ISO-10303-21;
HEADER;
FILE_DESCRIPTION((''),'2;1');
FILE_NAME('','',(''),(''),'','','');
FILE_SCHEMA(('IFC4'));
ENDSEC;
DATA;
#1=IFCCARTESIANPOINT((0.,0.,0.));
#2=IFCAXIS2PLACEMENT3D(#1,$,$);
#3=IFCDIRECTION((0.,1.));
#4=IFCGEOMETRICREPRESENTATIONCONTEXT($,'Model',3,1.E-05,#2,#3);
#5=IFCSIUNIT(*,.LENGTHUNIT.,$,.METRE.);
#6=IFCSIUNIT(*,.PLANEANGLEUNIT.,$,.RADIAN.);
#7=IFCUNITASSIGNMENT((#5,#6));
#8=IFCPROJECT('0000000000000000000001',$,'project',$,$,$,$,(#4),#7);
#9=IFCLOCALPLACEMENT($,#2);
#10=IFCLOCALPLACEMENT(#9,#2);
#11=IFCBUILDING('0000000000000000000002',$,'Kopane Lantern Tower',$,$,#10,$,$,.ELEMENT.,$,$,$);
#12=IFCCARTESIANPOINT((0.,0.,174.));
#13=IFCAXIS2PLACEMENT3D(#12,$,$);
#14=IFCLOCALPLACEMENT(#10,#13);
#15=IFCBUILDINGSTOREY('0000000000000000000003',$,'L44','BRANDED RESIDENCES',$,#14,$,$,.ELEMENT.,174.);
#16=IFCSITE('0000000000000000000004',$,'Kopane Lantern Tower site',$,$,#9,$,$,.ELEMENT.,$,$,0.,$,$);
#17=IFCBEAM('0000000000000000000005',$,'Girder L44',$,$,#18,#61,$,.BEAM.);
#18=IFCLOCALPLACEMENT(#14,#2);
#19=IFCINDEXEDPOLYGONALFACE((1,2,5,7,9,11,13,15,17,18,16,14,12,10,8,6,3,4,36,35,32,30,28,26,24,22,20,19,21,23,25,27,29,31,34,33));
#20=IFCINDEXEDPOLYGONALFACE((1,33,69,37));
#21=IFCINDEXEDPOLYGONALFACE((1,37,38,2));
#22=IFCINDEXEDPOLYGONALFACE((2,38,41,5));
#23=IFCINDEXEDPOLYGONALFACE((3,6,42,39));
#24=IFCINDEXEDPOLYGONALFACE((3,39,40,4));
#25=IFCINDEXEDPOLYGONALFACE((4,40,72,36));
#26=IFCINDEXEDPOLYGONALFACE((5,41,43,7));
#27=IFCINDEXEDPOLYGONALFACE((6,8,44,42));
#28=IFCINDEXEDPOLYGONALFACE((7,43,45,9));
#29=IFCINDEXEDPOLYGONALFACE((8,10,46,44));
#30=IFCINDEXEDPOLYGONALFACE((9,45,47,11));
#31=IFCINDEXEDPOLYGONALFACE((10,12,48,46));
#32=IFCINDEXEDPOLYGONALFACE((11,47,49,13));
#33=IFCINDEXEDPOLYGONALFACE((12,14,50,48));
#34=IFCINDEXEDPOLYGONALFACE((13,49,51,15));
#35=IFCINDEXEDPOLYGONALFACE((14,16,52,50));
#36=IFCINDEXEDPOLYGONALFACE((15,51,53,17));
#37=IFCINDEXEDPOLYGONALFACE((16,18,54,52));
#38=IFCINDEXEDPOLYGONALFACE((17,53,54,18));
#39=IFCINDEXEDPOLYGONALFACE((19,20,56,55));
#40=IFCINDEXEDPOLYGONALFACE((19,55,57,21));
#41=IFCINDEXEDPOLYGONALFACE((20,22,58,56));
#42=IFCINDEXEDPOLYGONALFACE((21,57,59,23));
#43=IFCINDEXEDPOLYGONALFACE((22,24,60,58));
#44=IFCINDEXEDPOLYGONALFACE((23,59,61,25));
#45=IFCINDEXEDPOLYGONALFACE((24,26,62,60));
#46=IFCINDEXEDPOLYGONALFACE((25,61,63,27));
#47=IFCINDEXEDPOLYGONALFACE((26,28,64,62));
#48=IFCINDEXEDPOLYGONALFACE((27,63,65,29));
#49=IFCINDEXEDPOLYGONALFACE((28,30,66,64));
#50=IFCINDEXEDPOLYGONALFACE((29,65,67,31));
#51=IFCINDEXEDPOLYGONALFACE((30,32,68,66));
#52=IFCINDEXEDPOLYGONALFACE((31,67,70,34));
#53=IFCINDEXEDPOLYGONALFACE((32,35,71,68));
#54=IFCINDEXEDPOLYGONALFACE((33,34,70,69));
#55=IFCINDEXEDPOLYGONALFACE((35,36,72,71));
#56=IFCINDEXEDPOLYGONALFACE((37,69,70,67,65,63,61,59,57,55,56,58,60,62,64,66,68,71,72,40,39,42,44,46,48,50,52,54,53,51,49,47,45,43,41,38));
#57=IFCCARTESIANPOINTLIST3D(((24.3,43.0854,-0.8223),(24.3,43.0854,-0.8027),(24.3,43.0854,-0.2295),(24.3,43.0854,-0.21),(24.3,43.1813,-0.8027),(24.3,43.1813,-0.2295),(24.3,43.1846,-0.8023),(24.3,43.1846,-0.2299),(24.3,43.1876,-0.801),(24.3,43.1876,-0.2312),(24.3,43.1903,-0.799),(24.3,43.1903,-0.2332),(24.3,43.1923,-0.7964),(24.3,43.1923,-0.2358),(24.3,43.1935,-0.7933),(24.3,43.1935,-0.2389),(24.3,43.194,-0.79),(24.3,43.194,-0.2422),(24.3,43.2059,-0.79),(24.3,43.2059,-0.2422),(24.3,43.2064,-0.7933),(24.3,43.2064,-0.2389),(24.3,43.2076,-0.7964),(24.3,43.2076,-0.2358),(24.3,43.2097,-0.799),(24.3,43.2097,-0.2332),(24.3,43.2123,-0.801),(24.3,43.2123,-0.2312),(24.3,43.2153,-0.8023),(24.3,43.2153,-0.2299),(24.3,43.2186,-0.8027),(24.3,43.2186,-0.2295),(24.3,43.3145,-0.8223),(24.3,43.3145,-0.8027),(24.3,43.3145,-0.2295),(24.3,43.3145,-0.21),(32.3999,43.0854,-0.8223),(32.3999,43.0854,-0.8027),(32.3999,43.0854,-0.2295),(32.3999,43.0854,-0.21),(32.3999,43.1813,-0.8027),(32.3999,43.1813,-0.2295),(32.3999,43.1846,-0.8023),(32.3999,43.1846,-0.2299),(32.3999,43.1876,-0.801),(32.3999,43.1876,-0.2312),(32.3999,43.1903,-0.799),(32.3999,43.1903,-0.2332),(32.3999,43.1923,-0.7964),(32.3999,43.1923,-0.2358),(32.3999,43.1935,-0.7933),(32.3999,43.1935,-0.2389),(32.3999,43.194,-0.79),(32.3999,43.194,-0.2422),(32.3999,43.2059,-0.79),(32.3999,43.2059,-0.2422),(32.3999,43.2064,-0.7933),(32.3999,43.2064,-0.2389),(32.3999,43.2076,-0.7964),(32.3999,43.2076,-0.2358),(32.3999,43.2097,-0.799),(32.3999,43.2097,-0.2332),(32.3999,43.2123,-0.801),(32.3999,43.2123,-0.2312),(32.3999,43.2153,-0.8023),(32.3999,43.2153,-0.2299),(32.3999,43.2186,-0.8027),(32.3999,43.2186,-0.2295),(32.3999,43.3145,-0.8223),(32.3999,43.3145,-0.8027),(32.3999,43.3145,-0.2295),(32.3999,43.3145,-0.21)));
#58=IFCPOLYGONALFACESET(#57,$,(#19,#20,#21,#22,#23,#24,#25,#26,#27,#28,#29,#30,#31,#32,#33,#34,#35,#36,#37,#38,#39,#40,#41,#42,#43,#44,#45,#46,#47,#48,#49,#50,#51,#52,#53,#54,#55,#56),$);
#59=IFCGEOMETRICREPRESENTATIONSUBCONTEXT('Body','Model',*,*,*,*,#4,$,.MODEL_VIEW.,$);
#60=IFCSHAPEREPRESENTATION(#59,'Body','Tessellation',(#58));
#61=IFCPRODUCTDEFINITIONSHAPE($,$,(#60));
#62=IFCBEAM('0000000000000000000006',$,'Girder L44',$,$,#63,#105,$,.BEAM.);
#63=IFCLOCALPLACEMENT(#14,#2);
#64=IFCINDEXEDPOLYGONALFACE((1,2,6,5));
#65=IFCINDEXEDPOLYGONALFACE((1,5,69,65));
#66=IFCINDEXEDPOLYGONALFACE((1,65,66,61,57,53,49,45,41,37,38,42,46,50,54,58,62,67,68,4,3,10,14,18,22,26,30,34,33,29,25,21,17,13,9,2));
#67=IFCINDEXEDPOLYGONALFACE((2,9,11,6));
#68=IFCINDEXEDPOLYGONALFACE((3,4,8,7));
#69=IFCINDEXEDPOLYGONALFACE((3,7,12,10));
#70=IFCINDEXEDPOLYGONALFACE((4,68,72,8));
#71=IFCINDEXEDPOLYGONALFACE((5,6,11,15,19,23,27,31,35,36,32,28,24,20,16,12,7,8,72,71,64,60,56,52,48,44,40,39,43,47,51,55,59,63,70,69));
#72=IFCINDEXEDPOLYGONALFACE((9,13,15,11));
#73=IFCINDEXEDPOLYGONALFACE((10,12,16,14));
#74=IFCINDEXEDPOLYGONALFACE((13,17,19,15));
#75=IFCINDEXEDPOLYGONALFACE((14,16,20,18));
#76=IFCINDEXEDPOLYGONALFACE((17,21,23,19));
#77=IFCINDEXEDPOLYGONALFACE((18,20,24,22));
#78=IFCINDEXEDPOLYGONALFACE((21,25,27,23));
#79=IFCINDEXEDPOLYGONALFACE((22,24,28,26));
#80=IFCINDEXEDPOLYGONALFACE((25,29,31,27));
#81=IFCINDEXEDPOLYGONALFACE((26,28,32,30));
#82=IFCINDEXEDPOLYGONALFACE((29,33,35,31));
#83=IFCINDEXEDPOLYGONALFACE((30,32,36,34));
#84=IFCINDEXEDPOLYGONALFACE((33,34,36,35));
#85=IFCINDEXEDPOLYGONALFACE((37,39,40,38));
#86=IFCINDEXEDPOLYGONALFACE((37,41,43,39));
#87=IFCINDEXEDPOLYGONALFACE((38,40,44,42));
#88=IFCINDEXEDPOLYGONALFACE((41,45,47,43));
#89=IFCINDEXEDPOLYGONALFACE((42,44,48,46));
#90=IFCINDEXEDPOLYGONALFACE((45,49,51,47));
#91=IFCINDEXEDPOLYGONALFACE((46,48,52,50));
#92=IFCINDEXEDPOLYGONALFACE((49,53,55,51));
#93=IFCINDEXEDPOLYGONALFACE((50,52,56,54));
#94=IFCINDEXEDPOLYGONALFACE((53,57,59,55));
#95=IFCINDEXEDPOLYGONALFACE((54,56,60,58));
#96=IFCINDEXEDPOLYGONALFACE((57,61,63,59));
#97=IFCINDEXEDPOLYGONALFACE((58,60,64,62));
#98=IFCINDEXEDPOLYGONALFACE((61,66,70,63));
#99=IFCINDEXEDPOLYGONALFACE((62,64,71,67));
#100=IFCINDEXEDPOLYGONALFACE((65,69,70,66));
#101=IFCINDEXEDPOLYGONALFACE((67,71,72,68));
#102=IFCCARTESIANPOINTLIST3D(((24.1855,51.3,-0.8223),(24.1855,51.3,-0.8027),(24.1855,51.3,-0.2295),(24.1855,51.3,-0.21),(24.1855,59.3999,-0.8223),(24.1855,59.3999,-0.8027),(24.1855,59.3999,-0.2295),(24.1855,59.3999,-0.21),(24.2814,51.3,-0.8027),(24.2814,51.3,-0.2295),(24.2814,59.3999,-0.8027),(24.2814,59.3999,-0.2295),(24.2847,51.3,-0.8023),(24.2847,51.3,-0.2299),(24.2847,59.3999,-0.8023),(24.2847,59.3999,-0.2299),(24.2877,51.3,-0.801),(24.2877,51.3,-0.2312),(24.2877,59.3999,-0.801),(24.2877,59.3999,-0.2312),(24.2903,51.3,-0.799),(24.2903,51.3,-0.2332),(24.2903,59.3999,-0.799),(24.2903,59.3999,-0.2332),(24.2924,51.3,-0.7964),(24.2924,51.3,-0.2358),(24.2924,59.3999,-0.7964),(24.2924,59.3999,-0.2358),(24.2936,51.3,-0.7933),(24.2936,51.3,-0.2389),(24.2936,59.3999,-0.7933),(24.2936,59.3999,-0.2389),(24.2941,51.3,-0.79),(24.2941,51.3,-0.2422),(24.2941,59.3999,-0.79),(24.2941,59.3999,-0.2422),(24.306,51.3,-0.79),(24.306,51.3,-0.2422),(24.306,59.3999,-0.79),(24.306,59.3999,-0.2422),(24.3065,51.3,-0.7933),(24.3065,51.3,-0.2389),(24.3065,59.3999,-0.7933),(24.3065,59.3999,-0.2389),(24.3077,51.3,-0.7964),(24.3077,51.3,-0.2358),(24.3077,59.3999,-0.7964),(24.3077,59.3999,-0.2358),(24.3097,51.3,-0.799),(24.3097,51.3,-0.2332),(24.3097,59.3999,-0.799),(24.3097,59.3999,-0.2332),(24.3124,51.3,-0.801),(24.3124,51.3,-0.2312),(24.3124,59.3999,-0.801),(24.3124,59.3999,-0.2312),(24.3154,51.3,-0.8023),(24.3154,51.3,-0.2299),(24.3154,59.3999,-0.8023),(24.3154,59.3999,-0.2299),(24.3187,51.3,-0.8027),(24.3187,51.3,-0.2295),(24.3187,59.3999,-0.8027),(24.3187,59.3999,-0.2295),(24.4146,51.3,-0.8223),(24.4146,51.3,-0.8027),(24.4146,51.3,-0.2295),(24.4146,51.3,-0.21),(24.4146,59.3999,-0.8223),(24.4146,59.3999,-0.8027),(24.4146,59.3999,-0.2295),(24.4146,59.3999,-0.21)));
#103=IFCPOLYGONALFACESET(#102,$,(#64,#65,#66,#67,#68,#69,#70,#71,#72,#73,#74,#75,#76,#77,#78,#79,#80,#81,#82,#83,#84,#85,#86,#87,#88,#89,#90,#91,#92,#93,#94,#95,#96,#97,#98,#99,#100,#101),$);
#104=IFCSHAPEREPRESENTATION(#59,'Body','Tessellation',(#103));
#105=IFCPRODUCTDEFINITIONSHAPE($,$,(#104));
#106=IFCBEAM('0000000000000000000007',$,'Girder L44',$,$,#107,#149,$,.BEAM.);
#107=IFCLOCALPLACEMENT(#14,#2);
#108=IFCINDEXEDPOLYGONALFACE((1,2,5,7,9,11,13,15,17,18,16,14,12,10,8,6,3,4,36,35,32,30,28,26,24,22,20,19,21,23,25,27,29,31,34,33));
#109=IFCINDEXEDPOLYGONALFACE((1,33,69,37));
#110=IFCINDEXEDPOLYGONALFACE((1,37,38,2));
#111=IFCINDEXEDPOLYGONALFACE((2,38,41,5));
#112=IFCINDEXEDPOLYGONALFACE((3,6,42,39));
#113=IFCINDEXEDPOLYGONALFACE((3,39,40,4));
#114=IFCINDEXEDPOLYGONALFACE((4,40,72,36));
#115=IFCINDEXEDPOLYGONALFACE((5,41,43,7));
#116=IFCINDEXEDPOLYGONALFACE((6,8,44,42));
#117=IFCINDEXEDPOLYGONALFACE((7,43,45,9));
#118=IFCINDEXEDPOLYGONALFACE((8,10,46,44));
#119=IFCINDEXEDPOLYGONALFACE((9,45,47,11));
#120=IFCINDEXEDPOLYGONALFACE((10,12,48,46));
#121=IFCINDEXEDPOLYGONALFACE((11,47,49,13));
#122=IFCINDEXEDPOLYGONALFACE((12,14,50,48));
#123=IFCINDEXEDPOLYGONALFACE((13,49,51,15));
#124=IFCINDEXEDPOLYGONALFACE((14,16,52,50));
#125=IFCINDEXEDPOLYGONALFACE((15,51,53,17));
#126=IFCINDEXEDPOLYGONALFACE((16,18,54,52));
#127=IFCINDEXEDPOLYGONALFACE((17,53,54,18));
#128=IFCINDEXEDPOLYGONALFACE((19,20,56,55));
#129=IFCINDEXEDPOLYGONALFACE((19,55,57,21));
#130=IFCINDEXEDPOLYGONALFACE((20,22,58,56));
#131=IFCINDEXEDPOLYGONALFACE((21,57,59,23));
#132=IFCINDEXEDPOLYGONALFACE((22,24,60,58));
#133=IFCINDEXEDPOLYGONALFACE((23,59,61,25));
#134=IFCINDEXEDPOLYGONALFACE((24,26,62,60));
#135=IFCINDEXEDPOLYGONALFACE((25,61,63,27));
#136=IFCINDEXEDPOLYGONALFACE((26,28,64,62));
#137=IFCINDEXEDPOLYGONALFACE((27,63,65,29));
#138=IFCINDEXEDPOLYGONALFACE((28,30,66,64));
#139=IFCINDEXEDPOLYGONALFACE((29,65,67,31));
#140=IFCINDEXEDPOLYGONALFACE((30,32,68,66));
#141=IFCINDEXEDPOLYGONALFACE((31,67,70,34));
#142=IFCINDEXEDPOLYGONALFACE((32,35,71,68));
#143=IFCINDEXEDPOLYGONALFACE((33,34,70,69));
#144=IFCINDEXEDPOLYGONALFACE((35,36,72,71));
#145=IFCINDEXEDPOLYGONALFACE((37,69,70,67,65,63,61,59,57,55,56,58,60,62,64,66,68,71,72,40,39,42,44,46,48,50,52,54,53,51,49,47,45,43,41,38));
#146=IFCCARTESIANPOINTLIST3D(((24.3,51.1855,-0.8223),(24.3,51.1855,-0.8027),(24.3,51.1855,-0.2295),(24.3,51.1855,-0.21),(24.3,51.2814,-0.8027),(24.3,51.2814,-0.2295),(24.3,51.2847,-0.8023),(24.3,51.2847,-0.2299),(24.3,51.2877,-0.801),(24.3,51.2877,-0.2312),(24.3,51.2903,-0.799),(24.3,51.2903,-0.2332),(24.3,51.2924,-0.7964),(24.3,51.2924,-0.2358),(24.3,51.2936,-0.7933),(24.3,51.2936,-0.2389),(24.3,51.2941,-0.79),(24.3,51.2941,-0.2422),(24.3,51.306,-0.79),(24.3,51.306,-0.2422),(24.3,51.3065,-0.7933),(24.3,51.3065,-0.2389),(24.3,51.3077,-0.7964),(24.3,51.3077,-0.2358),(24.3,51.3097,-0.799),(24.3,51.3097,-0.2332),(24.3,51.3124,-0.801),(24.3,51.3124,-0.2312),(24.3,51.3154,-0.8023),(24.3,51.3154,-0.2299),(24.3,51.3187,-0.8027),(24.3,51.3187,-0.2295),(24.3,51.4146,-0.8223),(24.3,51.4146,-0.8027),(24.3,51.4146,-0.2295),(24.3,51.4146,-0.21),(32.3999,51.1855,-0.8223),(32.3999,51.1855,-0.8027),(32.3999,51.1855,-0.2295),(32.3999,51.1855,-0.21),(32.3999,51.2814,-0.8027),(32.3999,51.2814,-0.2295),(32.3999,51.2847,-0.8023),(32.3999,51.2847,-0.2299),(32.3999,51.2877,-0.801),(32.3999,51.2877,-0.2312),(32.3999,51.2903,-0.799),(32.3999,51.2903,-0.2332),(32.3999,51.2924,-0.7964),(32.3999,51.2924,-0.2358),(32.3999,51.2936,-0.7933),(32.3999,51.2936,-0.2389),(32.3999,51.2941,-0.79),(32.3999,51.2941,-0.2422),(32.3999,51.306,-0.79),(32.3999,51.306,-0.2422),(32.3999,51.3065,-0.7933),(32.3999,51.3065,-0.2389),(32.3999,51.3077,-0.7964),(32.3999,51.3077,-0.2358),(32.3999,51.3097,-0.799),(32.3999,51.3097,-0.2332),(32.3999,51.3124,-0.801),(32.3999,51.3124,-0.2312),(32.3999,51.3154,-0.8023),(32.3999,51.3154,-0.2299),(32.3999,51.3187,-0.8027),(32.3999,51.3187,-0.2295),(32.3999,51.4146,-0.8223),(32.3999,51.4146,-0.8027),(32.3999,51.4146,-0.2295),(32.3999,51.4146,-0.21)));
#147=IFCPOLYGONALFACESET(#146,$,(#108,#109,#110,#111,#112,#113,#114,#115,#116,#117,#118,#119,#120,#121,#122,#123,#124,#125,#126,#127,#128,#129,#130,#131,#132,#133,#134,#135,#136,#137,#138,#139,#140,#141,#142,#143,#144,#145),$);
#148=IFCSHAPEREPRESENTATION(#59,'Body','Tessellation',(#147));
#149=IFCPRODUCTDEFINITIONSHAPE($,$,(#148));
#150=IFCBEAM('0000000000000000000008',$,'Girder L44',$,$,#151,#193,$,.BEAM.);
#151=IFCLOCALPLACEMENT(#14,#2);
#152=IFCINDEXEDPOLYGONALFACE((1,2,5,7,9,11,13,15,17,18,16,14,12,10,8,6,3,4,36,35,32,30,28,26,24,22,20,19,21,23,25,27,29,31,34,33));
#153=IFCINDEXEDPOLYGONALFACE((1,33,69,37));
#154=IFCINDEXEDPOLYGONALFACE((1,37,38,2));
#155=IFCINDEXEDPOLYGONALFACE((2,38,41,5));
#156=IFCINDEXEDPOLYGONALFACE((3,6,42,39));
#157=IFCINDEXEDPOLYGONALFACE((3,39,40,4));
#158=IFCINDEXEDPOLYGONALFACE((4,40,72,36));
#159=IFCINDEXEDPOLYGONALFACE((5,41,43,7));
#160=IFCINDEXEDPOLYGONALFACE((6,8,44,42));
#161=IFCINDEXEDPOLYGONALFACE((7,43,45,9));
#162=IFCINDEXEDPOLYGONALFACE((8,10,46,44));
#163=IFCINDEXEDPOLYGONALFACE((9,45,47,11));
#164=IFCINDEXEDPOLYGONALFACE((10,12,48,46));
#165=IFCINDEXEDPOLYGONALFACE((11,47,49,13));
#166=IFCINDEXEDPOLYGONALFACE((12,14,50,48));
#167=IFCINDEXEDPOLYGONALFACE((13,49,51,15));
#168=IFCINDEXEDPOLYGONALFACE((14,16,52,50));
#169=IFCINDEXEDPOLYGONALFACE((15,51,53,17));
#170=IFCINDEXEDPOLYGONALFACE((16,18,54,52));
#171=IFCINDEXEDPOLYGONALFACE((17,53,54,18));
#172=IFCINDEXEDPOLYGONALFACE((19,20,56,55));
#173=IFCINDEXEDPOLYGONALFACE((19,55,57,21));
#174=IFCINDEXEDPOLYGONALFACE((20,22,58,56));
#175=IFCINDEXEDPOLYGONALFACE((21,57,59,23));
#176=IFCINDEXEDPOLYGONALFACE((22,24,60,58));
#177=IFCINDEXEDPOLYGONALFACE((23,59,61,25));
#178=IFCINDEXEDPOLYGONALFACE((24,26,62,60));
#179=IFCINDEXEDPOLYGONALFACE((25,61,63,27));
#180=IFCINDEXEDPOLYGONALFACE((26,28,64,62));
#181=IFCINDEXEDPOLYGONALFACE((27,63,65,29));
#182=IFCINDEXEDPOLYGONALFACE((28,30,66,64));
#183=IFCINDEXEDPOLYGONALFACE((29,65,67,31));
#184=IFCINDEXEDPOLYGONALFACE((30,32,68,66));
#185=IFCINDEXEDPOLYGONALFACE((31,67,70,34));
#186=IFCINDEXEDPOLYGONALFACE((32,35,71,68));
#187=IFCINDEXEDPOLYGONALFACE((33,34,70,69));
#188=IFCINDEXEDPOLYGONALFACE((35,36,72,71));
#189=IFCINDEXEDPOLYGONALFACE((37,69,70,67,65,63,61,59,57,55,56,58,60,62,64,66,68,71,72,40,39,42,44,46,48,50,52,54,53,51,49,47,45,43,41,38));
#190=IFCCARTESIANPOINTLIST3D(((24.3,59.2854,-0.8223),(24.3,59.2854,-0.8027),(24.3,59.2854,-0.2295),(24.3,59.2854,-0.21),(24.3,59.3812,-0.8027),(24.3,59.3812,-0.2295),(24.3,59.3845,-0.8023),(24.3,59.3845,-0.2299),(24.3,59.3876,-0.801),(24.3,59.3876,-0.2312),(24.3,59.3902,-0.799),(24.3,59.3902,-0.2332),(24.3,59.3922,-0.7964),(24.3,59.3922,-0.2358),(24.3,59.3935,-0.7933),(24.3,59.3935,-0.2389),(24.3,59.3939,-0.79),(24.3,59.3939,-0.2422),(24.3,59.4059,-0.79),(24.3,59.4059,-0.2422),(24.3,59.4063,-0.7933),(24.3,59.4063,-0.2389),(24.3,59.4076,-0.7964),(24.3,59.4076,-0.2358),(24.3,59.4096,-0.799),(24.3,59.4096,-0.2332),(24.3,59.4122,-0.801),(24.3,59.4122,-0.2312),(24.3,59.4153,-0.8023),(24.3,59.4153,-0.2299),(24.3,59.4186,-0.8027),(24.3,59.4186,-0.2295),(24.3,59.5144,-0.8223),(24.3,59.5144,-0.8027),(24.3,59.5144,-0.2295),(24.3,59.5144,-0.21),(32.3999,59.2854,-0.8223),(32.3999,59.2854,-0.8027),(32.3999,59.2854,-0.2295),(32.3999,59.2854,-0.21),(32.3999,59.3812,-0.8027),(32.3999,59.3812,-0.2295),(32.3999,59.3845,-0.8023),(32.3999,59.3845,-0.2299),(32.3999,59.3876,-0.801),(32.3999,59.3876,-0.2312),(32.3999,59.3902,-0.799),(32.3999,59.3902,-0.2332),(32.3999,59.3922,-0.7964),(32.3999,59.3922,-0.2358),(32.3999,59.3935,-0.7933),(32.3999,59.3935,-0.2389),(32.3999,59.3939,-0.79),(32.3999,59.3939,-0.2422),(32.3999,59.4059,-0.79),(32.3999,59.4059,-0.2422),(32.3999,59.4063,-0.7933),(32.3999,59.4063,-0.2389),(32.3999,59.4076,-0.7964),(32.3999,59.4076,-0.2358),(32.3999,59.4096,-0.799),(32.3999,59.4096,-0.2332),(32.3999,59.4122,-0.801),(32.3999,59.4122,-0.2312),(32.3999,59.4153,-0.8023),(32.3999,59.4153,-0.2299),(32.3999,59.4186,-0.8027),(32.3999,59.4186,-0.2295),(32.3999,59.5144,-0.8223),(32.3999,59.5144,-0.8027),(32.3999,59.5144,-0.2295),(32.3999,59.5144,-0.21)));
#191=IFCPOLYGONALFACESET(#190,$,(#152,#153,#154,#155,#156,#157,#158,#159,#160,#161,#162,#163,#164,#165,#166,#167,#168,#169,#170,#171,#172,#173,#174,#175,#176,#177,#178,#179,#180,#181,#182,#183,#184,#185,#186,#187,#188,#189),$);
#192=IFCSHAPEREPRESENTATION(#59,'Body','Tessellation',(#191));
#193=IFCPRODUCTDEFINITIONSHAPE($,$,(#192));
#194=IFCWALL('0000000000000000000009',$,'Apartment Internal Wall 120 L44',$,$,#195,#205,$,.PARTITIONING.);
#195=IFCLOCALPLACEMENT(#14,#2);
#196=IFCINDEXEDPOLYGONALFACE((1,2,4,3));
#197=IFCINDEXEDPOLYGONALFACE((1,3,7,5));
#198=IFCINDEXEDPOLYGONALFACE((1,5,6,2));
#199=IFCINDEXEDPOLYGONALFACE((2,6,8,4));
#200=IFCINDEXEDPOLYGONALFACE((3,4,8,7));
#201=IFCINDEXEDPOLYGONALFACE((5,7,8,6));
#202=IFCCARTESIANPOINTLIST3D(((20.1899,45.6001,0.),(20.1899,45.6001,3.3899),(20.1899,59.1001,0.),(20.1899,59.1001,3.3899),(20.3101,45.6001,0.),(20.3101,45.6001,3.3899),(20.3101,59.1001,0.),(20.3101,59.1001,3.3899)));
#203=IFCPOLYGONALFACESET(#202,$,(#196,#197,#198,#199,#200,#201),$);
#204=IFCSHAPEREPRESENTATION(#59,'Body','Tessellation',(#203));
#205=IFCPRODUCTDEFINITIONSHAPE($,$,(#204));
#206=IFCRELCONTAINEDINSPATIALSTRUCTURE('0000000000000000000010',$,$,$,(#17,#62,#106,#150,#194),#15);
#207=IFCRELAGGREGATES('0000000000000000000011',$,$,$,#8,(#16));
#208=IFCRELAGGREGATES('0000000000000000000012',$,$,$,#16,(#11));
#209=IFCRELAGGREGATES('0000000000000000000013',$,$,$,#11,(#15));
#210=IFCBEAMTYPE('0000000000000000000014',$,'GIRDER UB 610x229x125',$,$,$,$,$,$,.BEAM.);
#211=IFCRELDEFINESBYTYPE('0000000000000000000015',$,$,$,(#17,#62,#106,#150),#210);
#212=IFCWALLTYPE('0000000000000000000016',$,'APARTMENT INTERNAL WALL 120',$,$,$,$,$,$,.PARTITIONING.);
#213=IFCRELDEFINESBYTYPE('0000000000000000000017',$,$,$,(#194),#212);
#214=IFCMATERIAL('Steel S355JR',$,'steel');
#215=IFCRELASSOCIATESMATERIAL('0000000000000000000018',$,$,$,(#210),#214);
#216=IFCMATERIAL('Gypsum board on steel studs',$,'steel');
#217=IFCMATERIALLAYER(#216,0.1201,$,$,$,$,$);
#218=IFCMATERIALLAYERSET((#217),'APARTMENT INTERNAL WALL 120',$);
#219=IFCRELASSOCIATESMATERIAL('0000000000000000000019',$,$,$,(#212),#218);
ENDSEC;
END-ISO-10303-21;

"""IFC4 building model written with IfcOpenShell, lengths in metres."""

from ifc_helpers import new_model, si_unit, direction, frame, frame_2d, origin, origin_2d, place, context, subcontext, project, spatial, rectangle, i_section, extrude, material, layer, layer_set, material_profile, profile_set, type_object, element, save


model = new_model("IFC4")

# Units and contexts
model_context = context("Model", 3, precision=1e-05, world=origin(), true_north=direction((0.0, 1.0)))
body_context = subcontext(model_context, "Body", "Model", "MODEL_VIEW")
ifc_project = project(units=[si_unit("LENGTHUNIT", "METRE"), si_unit("PLANEANGLEUNIT", "RADIAN")], contexts=[model_context])

# Site, building, storey
site_placement = place(None, origin())
site = spatial("IfcSite", under=ifc_project, at=site_placement, Name="Kopane Lantern Tower site", CompositionType="ELEMENT", RefElevation=0.0)
building_placement = place(site_placement, origin())
building = spatial("IfcBuilding", under=site, at=building_placement, Name="Kopane Lantern Tower", CompositionType="ELEMENT")
storey_placement = place(building_placement, frame((0.0, 0.0, 174.0)))
storey = spatial("IfcBuildingStorey", under=building, at=storey_placement, Name="L44", Description="BRANDED RESIDENCES", CompositionType="ELEMENT", Elevation=174.0)

# Beams
ifc_material_1 = material(Name="Steel S355JR", Category="steel")
ifc_material_profile_1 = material_profile(ifc_material_1, i_section(OverallWidth=0.229, OverallDepth=0.6123, WebThickness=0.012, FlangeThickness=0.0195, FilletRadius=0.0127, at=origin_2d()), Name="UB 610x229x125")
ifc_profile_set_1 = profile_set([ifc_material_profile_1], Name="Steel S355JR")
beam_type = type_object("IfcBeamType", Name="GIRDER UB 610x229x125", PredefinedType="BEAM", material=ifc_profile_set_1)
for number, where, z_axis, x_axis, name in (
    (1, (24.3, 43.2, -0.5161), (1.0, 0.0, 0.0), (0.0, 1.0, 0.0), "Girder L44"),
    (2, (24.3, 51.3, -0.5161), (0.0, 1.0, 0.0), (-1.0, 0.0, 0.0), "Girder L44"),
    (3, (24.3, 51.3, -0.5161), (1.0, 0.0, 0.0), (0.0, 1.0, 0.0), "Girder L44"),
    (4, (24.3, 59.3999, -0.5161), (1.0, 0.0, 0.0), (0.0, 1.0, 0.0), "Girder L44"),
):
    element("IfcBeam", number, at=place(storey_placement, frame(where, z_axis=z_axis, x_axis=x_axis)), inside=storey, type_object=beam_type, Name=name, PredefinedType="BEAM", context=body_context, shape_type="SweptSolid", body=[
        extrude(i_section(OverallWidth=0.229, OverallDepth=0.6123, WebThickness=0.012, FlangeThickness=0.0195, FilletRadius=0.0127, at=origin_2d()), origin(), (0.0, 0.0, 1.0), 8.0999),
    ])

# Wall
ifc_material_2 = material(Name="Gypsum board on steel studs", Category="steel")
ifc_layer_1 = layer(ifc_material_2, 0.1201)
ifc_layer_set_1 = layer_set([ifc_layer_1], Name="APARTMENT INTERNAL WALL 120")
wall_type_1 = type_object("IfcWallType", Name="APARTMENT INTERNAL WALL 120", PredefinedType="PARTITIONING", material=ifc_layer_set_1)
for number, where, z_axis, x_axis, name in (
    (5, (20.25, 45.6001, 0.0), (0.0, 0.0, 1.0), (0.0, 1.0, 0.0), "Apartment Internal Wall 120 L44"),
):
    element("IfcWall", number, at=place(storey_placement, frame(where, z_axis=z_axis, x_axis=x_axis)), inside=storey, type_object=wall_type_1, Name=name, PredefinedType="PARTITIONING", context=body_context, shape_type="SweptSolid", body=[
        extrude(rectangle(XDim=13.5, YDim=0.1201, at=frame_2d((6.75, 0.0))), origin(), (0.0, 0.0, 1.0), 3.3899),
    ])

save(model, "model.ifc")
